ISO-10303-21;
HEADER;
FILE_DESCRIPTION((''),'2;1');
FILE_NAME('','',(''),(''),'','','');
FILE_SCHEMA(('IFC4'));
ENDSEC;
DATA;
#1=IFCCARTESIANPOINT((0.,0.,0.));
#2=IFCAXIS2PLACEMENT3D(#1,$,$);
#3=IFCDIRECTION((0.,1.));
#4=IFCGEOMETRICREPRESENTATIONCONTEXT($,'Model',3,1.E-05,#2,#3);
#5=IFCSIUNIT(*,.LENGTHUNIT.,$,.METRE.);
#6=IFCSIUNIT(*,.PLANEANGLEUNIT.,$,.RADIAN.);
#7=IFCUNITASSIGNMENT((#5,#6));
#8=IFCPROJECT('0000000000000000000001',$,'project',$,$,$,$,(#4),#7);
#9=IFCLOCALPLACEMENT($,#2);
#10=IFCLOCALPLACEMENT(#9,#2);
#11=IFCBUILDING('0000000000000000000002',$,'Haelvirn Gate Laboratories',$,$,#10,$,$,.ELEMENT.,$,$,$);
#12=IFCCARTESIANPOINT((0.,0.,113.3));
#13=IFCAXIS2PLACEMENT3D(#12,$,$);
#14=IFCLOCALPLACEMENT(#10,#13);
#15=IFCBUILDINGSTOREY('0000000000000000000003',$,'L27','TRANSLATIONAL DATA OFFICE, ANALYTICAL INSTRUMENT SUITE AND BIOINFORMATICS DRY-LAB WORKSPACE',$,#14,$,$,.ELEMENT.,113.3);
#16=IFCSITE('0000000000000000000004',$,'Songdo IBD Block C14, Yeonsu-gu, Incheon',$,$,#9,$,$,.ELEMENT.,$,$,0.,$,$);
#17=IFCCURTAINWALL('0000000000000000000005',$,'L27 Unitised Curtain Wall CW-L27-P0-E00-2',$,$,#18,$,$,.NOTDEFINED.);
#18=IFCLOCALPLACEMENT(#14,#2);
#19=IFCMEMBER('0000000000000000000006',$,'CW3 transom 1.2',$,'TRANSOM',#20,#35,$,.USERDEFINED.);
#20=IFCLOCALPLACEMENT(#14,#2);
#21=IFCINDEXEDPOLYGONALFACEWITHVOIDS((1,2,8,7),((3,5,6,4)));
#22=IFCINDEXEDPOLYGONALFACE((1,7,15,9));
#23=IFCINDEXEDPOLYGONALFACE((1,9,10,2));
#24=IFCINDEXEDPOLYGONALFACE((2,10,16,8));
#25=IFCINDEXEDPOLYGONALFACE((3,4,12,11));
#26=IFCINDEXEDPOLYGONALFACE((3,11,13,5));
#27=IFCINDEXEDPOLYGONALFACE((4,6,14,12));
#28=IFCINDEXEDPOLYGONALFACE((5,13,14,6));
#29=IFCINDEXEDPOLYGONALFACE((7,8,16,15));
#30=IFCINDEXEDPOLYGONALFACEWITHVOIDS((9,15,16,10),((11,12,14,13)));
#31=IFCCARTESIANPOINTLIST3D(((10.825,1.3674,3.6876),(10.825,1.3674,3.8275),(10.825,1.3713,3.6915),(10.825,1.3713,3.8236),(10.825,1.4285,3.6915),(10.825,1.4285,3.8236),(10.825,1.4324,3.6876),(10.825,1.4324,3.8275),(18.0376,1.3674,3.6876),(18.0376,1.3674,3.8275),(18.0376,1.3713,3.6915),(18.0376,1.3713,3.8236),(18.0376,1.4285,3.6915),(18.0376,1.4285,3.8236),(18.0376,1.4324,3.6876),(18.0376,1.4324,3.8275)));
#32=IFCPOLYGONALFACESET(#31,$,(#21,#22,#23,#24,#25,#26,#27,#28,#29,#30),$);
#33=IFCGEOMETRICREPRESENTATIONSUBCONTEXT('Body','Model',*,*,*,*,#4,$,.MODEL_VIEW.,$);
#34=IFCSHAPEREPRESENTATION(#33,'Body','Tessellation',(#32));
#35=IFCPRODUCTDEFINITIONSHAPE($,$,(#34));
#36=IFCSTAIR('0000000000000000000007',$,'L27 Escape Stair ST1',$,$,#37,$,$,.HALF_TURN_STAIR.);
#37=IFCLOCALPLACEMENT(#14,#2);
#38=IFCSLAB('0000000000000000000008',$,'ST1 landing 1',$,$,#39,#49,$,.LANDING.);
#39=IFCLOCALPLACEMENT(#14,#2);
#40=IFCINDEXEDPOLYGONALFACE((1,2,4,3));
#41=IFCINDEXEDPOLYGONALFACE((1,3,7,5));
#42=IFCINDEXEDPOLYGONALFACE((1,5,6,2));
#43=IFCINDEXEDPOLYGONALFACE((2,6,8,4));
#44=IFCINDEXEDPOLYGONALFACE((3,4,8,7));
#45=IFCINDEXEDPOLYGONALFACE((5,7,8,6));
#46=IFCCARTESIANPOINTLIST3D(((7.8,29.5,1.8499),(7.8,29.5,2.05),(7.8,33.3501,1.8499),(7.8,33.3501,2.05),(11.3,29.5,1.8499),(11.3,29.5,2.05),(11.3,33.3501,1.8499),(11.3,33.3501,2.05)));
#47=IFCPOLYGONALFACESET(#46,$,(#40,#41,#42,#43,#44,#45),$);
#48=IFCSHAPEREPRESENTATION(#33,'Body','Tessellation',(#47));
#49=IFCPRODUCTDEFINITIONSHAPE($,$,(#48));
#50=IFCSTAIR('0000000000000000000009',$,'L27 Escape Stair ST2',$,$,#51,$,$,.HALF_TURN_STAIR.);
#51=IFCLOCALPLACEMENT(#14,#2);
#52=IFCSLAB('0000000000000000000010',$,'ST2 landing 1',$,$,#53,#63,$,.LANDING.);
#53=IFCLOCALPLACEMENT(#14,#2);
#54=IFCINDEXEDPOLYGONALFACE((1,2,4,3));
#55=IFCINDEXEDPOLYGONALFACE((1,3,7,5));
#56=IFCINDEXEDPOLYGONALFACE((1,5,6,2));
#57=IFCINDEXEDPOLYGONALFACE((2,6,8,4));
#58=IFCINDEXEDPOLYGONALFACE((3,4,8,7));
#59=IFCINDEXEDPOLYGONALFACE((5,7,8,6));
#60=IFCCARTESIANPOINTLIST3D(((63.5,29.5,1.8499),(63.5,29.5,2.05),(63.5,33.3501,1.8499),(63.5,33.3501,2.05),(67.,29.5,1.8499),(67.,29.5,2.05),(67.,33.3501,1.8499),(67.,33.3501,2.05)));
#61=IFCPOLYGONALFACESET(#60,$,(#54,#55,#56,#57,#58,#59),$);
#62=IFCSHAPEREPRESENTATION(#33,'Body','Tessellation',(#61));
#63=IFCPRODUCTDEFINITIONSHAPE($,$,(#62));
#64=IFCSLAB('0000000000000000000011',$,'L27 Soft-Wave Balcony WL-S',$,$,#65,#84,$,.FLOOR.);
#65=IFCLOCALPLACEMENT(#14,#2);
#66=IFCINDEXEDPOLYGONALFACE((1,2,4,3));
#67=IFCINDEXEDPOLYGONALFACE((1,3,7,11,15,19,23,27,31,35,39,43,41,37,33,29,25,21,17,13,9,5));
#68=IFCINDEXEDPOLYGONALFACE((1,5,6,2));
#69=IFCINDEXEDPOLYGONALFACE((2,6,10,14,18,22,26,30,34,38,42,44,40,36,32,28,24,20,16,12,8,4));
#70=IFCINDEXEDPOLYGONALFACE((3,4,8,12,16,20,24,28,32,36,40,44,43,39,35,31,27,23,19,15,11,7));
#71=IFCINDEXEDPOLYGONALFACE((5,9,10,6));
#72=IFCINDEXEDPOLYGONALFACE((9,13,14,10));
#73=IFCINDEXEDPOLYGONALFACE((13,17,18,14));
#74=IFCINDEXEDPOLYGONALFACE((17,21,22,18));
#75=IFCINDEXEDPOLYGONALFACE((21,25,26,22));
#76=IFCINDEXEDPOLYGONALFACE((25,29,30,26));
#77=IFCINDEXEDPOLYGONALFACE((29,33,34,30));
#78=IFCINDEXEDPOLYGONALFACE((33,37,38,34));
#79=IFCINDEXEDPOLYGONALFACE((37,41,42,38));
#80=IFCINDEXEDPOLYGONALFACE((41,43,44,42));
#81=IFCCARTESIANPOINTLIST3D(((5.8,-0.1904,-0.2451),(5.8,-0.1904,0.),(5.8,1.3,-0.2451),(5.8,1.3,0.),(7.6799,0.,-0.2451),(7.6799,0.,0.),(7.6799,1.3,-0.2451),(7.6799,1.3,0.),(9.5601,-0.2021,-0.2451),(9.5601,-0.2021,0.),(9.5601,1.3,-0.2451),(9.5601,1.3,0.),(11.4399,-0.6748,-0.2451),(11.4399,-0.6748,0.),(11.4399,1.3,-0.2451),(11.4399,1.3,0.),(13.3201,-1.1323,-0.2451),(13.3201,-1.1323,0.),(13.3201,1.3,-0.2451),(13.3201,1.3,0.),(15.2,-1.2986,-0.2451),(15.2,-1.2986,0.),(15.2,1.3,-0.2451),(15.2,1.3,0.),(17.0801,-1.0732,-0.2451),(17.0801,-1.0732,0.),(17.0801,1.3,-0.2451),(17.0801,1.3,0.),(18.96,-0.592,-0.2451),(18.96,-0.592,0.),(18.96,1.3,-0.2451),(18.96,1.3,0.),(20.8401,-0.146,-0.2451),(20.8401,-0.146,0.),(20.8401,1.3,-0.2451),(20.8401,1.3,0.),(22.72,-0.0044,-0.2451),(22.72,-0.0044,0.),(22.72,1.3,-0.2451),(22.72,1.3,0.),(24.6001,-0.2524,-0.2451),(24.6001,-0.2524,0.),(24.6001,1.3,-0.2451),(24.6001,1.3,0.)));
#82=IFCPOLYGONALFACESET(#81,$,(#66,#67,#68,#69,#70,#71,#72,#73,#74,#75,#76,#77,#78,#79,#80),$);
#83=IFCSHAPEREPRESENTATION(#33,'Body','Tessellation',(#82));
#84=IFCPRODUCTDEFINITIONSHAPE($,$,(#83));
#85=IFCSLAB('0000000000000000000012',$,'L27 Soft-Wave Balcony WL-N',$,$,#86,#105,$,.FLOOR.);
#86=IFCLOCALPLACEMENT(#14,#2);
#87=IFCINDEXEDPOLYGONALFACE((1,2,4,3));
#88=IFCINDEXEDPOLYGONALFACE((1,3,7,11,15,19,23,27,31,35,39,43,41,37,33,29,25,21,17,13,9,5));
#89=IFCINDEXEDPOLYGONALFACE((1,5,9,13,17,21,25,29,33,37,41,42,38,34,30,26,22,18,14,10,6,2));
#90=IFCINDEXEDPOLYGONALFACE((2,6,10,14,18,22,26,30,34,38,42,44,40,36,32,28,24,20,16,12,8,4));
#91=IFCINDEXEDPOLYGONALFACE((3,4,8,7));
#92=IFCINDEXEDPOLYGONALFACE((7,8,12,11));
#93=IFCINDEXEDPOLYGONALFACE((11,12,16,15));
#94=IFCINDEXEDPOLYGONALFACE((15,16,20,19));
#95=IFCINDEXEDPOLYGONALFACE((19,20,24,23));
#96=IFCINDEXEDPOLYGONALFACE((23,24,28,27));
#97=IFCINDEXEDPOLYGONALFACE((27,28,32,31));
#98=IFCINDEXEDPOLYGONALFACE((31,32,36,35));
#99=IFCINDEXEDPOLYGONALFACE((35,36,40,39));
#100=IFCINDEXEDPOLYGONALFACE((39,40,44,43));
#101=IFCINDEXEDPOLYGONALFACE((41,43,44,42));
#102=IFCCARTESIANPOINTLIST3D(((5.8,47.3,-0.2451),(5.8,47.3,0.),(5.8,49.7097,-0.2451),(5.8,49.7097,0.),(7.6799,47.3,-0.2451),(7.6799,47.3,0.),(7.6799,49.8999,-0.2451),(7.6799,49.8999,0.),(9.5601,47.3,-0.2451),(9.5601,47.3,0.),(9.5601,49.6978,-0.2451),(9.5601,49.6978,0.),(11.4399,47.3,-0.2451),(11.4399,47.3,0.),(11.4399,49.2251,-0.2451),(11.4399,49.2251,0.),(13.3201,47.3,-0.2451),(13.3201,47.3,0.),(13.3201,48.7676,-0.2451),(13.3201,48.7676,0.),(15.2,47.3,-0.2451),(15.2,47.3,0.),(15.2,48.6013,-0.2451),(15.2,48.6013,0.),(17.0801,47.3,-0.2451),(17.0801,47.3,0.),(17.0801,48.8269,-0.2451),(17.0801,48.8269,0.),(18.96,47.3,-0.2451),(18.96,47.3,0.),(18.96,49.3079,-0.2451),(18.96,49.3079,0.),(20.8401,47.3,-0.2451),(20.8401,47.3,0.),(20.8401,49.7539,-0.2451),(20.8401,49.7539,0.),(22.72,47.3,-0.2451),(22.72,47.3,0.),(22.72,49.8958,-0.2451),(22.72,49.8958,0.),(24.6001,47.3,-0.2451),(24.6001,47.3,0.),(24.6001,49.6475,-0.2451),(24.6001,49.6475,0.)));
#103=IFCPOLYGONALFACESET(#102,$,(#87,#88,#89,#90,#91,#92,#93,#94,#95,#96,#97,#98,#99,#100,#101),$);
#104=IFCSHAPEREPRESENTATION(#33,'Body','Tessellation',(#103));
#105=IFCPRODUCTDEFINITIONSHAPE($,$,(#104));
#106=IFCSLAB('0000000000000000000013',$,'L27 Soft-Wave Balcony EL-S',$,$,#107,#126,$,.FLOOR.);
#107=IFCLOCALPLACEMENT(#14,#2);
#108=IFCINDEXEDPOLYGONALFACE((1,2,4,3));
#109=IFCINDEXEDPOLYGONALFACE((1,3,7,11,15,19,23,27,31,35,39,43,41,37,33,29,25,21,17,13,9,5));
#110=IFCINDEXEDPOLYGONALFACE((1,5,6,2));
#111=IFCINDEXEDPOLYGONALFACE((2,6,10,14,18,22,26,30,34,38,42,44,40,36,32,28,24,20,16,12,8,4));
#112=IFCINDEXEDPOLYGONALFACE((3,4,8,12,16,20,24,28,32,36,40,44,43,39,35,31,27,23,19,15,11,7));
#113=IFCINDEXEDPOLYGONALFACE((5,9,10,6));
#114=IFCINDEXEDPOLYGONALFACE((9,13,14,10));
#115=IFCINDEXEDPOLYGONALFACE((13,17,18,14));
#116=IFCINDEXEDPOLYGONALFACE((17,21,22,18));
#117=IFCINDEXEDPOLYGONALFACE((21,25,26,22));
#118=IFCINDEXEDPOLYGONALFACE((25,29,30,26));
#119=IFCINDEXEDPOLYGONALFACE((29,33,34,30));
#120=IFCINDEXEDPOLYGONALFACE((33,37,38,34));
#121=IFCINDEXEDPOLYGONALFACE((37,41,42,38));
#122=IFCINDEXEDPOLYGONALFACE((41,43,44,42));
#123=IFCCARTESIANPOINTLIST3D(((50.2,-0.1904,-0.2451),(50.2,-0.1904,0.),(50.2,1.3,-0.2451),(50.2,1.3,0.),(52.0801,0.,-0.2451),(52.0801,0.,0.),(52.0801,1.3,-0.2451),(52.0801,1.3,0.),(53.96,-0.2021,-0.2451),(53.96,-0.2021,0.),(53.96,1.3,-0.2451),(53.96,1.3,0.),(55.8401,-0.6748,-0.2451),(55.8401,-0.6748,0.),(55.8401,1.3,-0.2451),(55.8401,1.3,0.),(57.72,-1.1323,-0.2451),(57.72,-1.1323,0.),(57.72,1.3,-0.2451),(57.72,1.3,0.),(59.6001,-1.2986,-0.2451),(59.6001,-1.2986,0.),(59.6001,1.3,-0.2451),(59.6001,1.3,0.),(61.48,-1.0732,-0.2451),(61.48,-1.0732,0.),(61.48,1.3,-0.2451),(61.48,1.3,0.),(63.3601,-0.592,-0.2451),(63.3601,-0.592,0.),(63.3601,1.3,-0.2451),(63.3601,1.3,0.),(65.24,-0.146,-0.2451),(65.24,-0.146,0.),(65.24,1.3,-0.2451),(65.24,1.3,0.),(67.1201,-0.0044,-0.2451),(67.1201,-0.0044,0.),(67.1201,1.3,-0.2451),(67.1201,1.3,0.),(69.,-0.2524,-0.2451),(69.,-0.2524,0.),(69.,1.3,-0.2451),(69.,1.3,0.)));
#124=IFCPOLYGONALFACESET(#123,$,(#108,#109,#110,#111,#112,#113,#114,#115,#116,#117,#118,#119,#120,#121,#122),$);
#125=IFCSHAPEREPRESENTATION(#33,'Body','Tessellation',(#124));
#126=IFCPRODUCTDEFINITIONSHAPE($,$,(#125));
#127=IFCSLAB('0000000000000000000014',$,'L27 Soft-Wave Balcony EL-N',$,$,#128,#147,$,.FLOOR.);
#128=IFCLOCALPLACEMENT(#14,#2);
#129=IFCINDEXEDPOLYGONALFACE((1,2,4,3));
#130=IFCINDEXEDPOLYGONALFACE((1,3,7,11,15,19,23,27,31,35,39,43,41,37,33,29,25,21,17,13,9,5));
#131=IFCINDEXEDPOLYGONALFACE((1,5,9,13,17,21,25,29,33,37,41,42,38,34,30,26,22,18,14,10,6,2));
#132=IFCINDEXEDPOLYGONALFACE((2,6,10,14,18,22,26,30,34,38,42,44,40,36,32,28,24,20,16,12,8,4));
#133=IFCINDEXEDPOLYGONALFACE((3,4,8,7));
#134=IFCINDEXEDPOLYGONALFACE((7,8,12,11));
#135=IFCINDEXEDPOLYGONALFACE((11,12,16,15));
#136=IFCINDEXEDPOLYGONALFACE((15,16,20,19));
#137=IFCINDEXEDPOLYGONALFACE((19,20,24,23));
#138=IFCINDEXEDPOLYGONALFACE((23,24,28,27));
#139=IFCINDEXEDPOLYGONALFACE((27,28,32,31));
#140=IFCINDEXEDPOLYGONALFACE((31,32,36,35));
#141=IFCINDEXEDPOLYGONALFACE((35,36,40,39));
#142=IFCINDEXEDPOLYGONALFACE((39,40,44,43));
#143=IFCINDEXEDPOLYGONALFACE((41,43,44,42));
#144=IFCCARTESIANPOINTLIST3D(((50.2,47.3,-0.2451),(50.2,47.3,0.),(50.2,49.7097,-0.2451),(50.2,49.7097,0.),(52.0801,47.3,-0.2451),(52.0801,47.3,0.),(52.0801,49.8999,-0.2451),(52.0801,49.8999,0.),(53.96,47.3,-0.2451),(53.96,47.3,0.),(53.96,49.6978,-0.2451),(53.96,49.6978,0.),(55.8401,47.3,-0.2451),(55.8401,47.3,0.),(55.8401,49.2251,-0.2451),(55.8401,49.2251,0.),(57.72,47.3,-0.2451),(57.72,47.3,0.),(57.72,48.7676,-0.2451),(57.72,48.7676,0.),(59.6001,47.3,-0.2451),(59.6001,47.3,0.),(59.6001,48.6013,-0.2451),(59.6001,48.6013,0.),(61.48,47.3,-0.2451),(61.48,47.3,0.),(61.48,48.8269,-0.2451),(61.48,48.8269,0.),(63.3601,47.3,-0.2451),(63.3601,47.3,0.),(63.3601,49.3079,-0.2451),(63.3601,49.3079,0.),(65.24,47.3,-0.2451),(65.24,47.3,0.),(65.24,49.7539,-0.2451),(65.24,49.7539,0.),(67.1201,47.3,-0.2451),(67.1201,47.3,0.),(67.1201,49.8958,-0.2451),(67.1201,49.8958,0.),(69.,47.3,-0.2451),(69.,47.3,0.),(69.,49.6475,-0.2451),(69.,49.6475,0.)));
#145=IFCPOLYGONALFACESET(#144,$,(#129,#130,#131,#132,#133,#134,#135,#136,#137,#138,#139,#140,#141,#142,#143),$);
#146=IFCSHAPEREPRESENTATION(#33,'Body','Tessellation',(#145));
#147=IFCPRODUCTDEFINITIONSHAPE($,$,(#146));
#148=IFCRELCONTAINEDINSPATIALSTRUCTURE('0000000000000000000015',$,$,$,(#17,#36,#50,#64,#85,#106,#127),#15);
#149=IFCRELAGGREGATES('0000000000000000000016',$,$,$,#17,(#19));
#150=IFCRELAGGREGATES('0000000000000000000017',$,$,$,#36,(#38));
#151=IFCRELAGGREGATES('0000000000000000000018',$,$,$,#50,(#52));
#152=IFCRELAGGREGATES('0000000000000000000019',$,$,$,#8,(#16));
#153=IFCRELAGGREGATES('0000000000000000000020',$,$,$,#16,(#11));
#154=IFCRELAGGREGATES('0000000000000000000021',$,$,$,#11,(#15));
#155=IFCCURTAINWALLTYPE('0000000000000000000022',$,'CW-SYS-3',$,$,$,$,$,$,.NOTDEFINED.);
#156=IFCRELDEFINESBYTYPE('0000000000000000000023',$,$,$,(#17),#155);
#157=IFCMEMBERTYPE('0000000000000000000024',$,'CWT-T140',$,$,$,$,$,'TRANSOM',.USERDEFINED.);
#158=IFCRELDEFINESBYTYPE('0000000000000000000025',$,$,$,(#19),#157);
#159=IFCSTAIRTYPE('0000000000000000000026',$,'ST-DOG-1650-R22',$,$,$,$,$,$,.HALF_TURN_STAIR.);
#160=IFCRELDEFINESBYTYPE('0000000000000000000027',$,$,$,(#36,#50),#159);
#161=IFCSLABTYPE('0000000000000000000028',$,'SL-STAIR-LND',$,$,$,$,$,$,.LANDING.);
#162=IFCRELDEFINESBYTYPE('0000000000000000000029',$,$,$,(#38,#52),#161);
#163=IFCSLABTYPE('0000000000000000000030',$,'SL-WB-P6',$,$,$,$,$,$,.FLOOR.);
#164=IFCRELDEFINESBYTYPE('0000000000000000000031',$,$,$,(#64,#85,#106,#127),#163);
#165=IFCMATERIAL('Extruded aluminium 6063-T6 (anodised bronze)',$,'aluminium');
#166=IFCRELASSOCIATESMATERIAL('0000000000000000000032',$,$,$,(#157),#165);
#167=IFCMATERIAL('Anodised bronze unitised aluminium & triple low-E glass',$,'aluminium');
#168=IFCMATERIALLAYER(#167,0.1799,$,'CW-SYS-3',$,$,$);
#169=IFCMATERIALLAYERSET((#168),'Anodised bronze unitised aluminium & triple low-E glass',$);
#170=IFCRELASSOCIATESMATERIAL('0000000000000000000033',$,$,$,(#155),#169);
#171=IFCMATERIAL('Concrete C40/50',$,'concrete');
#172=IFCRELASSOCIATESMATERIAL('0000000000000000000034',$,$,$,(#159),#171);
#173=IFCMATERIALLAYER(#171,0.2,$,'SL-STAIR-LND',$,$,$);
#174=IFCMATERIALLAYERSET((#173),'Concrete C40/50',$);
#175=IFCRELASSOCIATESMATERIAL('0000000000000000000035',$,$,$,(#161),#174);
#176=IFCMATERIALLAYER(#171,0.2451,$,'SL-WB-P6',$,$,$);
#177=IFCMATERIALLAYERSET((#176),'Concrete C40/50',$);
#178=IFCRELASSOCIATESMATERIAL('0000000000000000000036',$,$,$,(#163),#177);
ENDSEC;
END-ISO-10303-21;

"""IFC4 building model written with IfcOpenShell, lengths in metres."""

from ifc_helpers import new_model, si_unit, direction, frame, origin, origin_2d, place, context, subcontext, project, spatial, polyline, hollow_rectangle, outline, extrude, source, transform, mapped, material, layer, layer_set, material_profile, profile_set, type_object, element, aggregate, save


model = new_model("IFC4")

# Units and contexts
model_context = context("Model", 3, precision=1e-05, world=origin(), true_north=direction((0.0, 1.0)))
body_context = subcontext(model_context, "Body", "Model", "MODEL_VIEW")
ifc_project = project(units=[si_unit("LENGTHUNIT", "METRE"), si_unit("PLANEANGLEUNIT", "RADIAN")], contexts=[model_context])

# Site, building, storey
site_placement = place(None, origin())
site = spatial("IfcSite", under=ifc_project, at=site_placement, Name="Songdo IBD Block C14, Yeonsu-gu, Incheon", CompositionType="ELEMENT", RefElevation=0.0)
building_placement = place(site_placement, origin())
building = spatial("IfcBuilding", under=site, at=building_placement, Name="Haelvirn Gate Laboratories", CompositionType="ELEMENT")
storey_placement = place(building_placement, frame((0.0, 0.0, 113.3)))
storey = spatial("IfcBuildingStorey", under=building, at=storey_placement, Name="L27", Description="TRANSLATIONAL DATA OFFICE, ANALYTICAL INSTRUMENT SUITE AND BIOINFORMATICS DRY-LAB WORKSPACE", CompositionType="ELEMENT", Elevation=113.3)

# Shared definitions
ifc_material_1 = material(Name="Anodised bronze unitised aluminium & triple low-E glass", Category="aluminium")
ifc_material_2 = material(Name="Extruded aluminium 6063-T6 (anodised bronze)", Category="aluminium")
ifc_material_profile_1 = material_profile(ifc_material_2, hollow_rectangle(XDim=0.0649, YDim=0.1399, WallThickness=0.0039, at=origin_2d()), Name="CWT-140x65x4")
ifc_profile_set_1 = profile_set([ifc_material_profile_1], Name="Extruded aluminium 6063-T6 (anodised bronze)")
member_type_1 = type_object("IfcMemberType", Name="CWT-T140", ElementType="TRANSOM", PredefinedType="USERDEFINED", material=ifc_profile_set_1)
ifc_layer_1 = layer(ifc_material_1, 0.1799, Name="CW-SYS-3")
ifc_layer_set_1 = layer_set([ifc_layer_1], Name="Anodised bronze unitised aluminium & triple low-E glass")
curtain_wall_type_1 = type_object("IfcCurtainWallType", Name="CW-SYS-3", PredefinedType="NOTDEFINED", material=ifc_layer_set_1)

# Curtain wall
curtain_wall_1_placement = place(storey_placement, origin())
curtain_wall_1 = element("IfcCurtainWall", 1, at=curtain_wall_1_placement, inside=storey, type_object=curtain_wall_type_1, Name="L27 Unitised Curtain Wall CW-L27-P0-E00-2", PredefinedType="NOTDEFINED")

# Member
shared_shape_1 = source(origin(), body_context, "Body", "SweptSolid", [
    extrude(hollow_rectangle(XDim=0.0649, YDim=0.1399, WallThickness=0.0039, at=origin_2d()), origin(), (0.0, 0.0, 1.0), 7.2126),
])
member_1_placement = place(storey_placement, frame((10.825, 1.3999, 3.7576), z_axis=(1.0, 0.0, 0.0), x_axis=(0.0, 1.0, 0.0)))
member_1 = element("IfcMember", 2, at=member_1_placement, type_object=member_type_1, Name="CW3 transom 1.2", ObjectType="TRANSOM", PredefinedType="USERDEFINED", context=body_context, shape_type="MappedRepresentation", body=[
    mapped(shared_shape_1, transform((0.0, 0.0, 0.0), scale=1.0)),
])
aggregate(curtain_wall_1, [member_1])

# Stairs, slabs
ifc_material_3 = material(Name="Concrete C40/50", Category="concrete")
stair_type = type_object("IfcStairType", Name="ST-DOG-1650-R22", PredefinedType="HALF_TURN_STAIR", material=ifc_material_3)
stair_1_placement = place(storey_placement, origin())
stair_1 = element("IfcStair", 3, at=stair_1_placement, inside=storey, type_object=stair_type, Name="L27 Escape Stair ST1", PredefinedType="HALF_TURN_STAIR")
ifc_layer_2 = layer(ifc_material_3, 0.2, Name="SL-STAIR-LND")
ifc_layer_set_2 = layer_set([ifc_layer_2], Name="Concrete C40/50")
slab_type_1 = type_object("IfcSlabType", Name="SL-STAIR-LND", PredefinedType="LANDING", material=ifc_layer_set_2)
slab_1_placement = place(storey_placement, frame((0.0, 0.0, 1.8499)))
slab_1 = element("IfcSlab", 4, at=slab_1_placement, type_object=slab_type_1, Name="ST1 landing 1", PredefinedType="LANDING", context=body_context, shape_type="SweptSolid", body=[
    extrude(outline(polyline([(11.3, 29.5), (11.3, 33.3501), (7.8, 33.3501), (7.8, 29.5), (11.3, 29.5)])), origin(), (0.0, 0.0, 1.0), 0.2002),
])
aggregate(stair_1, [slab_1])
stair_2_placement = place(storey_placement, origin())
stair_2 = element("IfcStair", 5, at=stair_2_placement, inside=storey, type_object=stair_type, Name="L27 Escape Stair ST2", PredefinedType="HALF_TURN_STAIR")
slab_2_placement = place(storey_placement, frame((0.0, 0.0, 1.8499)))
slab_2 = element("IfcSlab", 6, at=slab_2_placement, type_object=slab_type_1, Name="ST2 landing 1", PredefinedType="LANDING", context=body_context, shape_type="SweptSolid", body=[
    extrude(outline(polyline([(67.0, 29.5), (67.0, 33.3501), (63.5, 33.3501), (63.5, 29.5), (67.0, 29.5)])), origin(), (0.0, 0.0, 1.0), 0.2002),
])
aggregate(stair_2, [slab_2])

# Slabs
ifc_layer_3 = layer(ifc_material_3, 0.2451, Name="SL-WB-P6")
ifc_layer_set_3 = layer_set([ifc_layer_3], Name="Concrete C40/50")
slab_type_2 = type_object("IfcSlabType", Name="SL-WB-P6", PredefinedType="FLOOR", material=ifc_layer_set_3)
slab_3_placement = place(storey_placement, frame((0.0, 0.0, -0.2451)))
element("IfcSlab", 7, at=slab_3_placement, inside=storey, type_object=slab_type_2, Name="L27 Soft-Wave Balcony WL-S", PredefinedType="FLOOR", context=body_context, shape_type="SweptSolid", body=[
    extrude(outline(polyline([(5.8, -0.1904), (7.6799, 0.0), (9.5601, -0.2021), (11.4399, -0.6748), (13.3201, -1.1323), (15.2, -1.2986), (17.0801, -1.0732), (18.96, -0.592), (20.8401, -0.146), (22.72, -0.0044), (24.6001, -0.2524), (24.6001, 1.3), (22.72, 1.3), (20.8401, 1.3), (18.96, 1.3), (17.0801, 1.3), (15.2, 1.3), (13.3201, 1.3), (11.4399, 1.3), (9.5601, 1.3), (7.6799, 1.3), (5.8, 1.3), (5.8, -0.1904)])), origin(), (0.0, 0.0, 1.0), 0.2451),
])
slab_4_placement = place(storey_placement, frame((0.0, 0.0, -0.2451)))
element("IfcSlab", 8, at=slab_4_placement, inside=storey, type_object=slab_type_2, Name="L27 Soft-Wave Balcony WL-N", PredefinedType="FLOOR", context=body_context, shape_type="SweptSolid", body=[
    extrude(outline(polyline([(5.8, 47.3), (7.6799, 47.3), (9.5601, 47.3), (11.4399, 47.3), (13.3201, 47.3), (15.2, 47.3), (17.0801, 47.3), (18.96, 47.3), (20.8401, 47.3), (22.72, 47.3), (24.6001, 47.3), (24.6001, 49.6475), (22.72, 49.8958), (20.8401, 49.7539), (18.96, 49.3079), (17.0801, 48.8269), (15.2, 48.6013), (13.3201, 48.7676), (11.4399, 49.2251), (9.5601, 49.6978), (7.6799, 49.8999), (5.8, 49.7097), (5.8, 47.3)])), origin(), (0.0, 0.0, 1.0), 0.2451),
])
slab_5_placement = place(storey_placement, frame((0.0, 0.0, -0.2451)))
element("IfcSlab", 9, at=slab_5_placement, inside=storey, type_object=slab_type_2, Name="L27 Soft-Wave Balcony EL-S", PredefinedType="FLOOR", context=body_context, shape_type="SweptSolid", body=[
    extrude(outline(polyline([(50.2, -0.1904), (52.0801, 0.0), (53.96, -0.2021), (55.8401, -0.6748), (57.72, -1.1323), (59.6001, -1.2986), (61.48, -1.0732), (63.3601, -0.592), (65.24, -0.146), (67.1201, -0.0044), (69.0, -0.2524), (69.0, 1.3), (67.1201, 1.3), (65.24, 1.3), (63.3601, 1.3), (61.48, 1.3), (59.6001, 1.3), (57.72, 1.3), (55.8401, 1.3), (53.96, 1.3), (52.0801, 1.3), (50.2, 1.3), (50.2, -0.1904)])), origin(), (0.0, 0.0, 1.0), 0.2451),
])
slab_6_placement = place(storey_placement, frame((0.0, 0.0, -0.2451)))
element("IfcSlab", 10, at=slab_6_placement, inside=storey, type_object=slab_type_2, Name="L27 Soft-Wave Balcony EL-N", PredefinedType="FLOOR", context=body_context, shape_type="SweptSolid", body=[
    extrude(outline(polyline([(50.2, 47.3), (52.0801, 47.3), (53.96, 47.3), (55.8401, 47.3), (57.72, 47.3), (59.6001, 47.3), (61.48, 47.3), (63.3601, 47.3), (65.24, 47.3), (67.1201, 47.3), (69.0, 47.3), (69.0, 49.6475), (67.1201, 49.8958), (65.24, 49.7539), (63.3601, 49.3079), (61.48, 48.8269), (59.6001, 48.6013), (57.72, 48.7676), (55.8401, 49.2251), (53.96, 49.6978), (52.0801, 49.8999), (50.2, 49.7097), (50.2, 47.3)])), origin(), (0.0, 0.0, 1.0), 0.2451),
])

save(model, "model.ifc")
